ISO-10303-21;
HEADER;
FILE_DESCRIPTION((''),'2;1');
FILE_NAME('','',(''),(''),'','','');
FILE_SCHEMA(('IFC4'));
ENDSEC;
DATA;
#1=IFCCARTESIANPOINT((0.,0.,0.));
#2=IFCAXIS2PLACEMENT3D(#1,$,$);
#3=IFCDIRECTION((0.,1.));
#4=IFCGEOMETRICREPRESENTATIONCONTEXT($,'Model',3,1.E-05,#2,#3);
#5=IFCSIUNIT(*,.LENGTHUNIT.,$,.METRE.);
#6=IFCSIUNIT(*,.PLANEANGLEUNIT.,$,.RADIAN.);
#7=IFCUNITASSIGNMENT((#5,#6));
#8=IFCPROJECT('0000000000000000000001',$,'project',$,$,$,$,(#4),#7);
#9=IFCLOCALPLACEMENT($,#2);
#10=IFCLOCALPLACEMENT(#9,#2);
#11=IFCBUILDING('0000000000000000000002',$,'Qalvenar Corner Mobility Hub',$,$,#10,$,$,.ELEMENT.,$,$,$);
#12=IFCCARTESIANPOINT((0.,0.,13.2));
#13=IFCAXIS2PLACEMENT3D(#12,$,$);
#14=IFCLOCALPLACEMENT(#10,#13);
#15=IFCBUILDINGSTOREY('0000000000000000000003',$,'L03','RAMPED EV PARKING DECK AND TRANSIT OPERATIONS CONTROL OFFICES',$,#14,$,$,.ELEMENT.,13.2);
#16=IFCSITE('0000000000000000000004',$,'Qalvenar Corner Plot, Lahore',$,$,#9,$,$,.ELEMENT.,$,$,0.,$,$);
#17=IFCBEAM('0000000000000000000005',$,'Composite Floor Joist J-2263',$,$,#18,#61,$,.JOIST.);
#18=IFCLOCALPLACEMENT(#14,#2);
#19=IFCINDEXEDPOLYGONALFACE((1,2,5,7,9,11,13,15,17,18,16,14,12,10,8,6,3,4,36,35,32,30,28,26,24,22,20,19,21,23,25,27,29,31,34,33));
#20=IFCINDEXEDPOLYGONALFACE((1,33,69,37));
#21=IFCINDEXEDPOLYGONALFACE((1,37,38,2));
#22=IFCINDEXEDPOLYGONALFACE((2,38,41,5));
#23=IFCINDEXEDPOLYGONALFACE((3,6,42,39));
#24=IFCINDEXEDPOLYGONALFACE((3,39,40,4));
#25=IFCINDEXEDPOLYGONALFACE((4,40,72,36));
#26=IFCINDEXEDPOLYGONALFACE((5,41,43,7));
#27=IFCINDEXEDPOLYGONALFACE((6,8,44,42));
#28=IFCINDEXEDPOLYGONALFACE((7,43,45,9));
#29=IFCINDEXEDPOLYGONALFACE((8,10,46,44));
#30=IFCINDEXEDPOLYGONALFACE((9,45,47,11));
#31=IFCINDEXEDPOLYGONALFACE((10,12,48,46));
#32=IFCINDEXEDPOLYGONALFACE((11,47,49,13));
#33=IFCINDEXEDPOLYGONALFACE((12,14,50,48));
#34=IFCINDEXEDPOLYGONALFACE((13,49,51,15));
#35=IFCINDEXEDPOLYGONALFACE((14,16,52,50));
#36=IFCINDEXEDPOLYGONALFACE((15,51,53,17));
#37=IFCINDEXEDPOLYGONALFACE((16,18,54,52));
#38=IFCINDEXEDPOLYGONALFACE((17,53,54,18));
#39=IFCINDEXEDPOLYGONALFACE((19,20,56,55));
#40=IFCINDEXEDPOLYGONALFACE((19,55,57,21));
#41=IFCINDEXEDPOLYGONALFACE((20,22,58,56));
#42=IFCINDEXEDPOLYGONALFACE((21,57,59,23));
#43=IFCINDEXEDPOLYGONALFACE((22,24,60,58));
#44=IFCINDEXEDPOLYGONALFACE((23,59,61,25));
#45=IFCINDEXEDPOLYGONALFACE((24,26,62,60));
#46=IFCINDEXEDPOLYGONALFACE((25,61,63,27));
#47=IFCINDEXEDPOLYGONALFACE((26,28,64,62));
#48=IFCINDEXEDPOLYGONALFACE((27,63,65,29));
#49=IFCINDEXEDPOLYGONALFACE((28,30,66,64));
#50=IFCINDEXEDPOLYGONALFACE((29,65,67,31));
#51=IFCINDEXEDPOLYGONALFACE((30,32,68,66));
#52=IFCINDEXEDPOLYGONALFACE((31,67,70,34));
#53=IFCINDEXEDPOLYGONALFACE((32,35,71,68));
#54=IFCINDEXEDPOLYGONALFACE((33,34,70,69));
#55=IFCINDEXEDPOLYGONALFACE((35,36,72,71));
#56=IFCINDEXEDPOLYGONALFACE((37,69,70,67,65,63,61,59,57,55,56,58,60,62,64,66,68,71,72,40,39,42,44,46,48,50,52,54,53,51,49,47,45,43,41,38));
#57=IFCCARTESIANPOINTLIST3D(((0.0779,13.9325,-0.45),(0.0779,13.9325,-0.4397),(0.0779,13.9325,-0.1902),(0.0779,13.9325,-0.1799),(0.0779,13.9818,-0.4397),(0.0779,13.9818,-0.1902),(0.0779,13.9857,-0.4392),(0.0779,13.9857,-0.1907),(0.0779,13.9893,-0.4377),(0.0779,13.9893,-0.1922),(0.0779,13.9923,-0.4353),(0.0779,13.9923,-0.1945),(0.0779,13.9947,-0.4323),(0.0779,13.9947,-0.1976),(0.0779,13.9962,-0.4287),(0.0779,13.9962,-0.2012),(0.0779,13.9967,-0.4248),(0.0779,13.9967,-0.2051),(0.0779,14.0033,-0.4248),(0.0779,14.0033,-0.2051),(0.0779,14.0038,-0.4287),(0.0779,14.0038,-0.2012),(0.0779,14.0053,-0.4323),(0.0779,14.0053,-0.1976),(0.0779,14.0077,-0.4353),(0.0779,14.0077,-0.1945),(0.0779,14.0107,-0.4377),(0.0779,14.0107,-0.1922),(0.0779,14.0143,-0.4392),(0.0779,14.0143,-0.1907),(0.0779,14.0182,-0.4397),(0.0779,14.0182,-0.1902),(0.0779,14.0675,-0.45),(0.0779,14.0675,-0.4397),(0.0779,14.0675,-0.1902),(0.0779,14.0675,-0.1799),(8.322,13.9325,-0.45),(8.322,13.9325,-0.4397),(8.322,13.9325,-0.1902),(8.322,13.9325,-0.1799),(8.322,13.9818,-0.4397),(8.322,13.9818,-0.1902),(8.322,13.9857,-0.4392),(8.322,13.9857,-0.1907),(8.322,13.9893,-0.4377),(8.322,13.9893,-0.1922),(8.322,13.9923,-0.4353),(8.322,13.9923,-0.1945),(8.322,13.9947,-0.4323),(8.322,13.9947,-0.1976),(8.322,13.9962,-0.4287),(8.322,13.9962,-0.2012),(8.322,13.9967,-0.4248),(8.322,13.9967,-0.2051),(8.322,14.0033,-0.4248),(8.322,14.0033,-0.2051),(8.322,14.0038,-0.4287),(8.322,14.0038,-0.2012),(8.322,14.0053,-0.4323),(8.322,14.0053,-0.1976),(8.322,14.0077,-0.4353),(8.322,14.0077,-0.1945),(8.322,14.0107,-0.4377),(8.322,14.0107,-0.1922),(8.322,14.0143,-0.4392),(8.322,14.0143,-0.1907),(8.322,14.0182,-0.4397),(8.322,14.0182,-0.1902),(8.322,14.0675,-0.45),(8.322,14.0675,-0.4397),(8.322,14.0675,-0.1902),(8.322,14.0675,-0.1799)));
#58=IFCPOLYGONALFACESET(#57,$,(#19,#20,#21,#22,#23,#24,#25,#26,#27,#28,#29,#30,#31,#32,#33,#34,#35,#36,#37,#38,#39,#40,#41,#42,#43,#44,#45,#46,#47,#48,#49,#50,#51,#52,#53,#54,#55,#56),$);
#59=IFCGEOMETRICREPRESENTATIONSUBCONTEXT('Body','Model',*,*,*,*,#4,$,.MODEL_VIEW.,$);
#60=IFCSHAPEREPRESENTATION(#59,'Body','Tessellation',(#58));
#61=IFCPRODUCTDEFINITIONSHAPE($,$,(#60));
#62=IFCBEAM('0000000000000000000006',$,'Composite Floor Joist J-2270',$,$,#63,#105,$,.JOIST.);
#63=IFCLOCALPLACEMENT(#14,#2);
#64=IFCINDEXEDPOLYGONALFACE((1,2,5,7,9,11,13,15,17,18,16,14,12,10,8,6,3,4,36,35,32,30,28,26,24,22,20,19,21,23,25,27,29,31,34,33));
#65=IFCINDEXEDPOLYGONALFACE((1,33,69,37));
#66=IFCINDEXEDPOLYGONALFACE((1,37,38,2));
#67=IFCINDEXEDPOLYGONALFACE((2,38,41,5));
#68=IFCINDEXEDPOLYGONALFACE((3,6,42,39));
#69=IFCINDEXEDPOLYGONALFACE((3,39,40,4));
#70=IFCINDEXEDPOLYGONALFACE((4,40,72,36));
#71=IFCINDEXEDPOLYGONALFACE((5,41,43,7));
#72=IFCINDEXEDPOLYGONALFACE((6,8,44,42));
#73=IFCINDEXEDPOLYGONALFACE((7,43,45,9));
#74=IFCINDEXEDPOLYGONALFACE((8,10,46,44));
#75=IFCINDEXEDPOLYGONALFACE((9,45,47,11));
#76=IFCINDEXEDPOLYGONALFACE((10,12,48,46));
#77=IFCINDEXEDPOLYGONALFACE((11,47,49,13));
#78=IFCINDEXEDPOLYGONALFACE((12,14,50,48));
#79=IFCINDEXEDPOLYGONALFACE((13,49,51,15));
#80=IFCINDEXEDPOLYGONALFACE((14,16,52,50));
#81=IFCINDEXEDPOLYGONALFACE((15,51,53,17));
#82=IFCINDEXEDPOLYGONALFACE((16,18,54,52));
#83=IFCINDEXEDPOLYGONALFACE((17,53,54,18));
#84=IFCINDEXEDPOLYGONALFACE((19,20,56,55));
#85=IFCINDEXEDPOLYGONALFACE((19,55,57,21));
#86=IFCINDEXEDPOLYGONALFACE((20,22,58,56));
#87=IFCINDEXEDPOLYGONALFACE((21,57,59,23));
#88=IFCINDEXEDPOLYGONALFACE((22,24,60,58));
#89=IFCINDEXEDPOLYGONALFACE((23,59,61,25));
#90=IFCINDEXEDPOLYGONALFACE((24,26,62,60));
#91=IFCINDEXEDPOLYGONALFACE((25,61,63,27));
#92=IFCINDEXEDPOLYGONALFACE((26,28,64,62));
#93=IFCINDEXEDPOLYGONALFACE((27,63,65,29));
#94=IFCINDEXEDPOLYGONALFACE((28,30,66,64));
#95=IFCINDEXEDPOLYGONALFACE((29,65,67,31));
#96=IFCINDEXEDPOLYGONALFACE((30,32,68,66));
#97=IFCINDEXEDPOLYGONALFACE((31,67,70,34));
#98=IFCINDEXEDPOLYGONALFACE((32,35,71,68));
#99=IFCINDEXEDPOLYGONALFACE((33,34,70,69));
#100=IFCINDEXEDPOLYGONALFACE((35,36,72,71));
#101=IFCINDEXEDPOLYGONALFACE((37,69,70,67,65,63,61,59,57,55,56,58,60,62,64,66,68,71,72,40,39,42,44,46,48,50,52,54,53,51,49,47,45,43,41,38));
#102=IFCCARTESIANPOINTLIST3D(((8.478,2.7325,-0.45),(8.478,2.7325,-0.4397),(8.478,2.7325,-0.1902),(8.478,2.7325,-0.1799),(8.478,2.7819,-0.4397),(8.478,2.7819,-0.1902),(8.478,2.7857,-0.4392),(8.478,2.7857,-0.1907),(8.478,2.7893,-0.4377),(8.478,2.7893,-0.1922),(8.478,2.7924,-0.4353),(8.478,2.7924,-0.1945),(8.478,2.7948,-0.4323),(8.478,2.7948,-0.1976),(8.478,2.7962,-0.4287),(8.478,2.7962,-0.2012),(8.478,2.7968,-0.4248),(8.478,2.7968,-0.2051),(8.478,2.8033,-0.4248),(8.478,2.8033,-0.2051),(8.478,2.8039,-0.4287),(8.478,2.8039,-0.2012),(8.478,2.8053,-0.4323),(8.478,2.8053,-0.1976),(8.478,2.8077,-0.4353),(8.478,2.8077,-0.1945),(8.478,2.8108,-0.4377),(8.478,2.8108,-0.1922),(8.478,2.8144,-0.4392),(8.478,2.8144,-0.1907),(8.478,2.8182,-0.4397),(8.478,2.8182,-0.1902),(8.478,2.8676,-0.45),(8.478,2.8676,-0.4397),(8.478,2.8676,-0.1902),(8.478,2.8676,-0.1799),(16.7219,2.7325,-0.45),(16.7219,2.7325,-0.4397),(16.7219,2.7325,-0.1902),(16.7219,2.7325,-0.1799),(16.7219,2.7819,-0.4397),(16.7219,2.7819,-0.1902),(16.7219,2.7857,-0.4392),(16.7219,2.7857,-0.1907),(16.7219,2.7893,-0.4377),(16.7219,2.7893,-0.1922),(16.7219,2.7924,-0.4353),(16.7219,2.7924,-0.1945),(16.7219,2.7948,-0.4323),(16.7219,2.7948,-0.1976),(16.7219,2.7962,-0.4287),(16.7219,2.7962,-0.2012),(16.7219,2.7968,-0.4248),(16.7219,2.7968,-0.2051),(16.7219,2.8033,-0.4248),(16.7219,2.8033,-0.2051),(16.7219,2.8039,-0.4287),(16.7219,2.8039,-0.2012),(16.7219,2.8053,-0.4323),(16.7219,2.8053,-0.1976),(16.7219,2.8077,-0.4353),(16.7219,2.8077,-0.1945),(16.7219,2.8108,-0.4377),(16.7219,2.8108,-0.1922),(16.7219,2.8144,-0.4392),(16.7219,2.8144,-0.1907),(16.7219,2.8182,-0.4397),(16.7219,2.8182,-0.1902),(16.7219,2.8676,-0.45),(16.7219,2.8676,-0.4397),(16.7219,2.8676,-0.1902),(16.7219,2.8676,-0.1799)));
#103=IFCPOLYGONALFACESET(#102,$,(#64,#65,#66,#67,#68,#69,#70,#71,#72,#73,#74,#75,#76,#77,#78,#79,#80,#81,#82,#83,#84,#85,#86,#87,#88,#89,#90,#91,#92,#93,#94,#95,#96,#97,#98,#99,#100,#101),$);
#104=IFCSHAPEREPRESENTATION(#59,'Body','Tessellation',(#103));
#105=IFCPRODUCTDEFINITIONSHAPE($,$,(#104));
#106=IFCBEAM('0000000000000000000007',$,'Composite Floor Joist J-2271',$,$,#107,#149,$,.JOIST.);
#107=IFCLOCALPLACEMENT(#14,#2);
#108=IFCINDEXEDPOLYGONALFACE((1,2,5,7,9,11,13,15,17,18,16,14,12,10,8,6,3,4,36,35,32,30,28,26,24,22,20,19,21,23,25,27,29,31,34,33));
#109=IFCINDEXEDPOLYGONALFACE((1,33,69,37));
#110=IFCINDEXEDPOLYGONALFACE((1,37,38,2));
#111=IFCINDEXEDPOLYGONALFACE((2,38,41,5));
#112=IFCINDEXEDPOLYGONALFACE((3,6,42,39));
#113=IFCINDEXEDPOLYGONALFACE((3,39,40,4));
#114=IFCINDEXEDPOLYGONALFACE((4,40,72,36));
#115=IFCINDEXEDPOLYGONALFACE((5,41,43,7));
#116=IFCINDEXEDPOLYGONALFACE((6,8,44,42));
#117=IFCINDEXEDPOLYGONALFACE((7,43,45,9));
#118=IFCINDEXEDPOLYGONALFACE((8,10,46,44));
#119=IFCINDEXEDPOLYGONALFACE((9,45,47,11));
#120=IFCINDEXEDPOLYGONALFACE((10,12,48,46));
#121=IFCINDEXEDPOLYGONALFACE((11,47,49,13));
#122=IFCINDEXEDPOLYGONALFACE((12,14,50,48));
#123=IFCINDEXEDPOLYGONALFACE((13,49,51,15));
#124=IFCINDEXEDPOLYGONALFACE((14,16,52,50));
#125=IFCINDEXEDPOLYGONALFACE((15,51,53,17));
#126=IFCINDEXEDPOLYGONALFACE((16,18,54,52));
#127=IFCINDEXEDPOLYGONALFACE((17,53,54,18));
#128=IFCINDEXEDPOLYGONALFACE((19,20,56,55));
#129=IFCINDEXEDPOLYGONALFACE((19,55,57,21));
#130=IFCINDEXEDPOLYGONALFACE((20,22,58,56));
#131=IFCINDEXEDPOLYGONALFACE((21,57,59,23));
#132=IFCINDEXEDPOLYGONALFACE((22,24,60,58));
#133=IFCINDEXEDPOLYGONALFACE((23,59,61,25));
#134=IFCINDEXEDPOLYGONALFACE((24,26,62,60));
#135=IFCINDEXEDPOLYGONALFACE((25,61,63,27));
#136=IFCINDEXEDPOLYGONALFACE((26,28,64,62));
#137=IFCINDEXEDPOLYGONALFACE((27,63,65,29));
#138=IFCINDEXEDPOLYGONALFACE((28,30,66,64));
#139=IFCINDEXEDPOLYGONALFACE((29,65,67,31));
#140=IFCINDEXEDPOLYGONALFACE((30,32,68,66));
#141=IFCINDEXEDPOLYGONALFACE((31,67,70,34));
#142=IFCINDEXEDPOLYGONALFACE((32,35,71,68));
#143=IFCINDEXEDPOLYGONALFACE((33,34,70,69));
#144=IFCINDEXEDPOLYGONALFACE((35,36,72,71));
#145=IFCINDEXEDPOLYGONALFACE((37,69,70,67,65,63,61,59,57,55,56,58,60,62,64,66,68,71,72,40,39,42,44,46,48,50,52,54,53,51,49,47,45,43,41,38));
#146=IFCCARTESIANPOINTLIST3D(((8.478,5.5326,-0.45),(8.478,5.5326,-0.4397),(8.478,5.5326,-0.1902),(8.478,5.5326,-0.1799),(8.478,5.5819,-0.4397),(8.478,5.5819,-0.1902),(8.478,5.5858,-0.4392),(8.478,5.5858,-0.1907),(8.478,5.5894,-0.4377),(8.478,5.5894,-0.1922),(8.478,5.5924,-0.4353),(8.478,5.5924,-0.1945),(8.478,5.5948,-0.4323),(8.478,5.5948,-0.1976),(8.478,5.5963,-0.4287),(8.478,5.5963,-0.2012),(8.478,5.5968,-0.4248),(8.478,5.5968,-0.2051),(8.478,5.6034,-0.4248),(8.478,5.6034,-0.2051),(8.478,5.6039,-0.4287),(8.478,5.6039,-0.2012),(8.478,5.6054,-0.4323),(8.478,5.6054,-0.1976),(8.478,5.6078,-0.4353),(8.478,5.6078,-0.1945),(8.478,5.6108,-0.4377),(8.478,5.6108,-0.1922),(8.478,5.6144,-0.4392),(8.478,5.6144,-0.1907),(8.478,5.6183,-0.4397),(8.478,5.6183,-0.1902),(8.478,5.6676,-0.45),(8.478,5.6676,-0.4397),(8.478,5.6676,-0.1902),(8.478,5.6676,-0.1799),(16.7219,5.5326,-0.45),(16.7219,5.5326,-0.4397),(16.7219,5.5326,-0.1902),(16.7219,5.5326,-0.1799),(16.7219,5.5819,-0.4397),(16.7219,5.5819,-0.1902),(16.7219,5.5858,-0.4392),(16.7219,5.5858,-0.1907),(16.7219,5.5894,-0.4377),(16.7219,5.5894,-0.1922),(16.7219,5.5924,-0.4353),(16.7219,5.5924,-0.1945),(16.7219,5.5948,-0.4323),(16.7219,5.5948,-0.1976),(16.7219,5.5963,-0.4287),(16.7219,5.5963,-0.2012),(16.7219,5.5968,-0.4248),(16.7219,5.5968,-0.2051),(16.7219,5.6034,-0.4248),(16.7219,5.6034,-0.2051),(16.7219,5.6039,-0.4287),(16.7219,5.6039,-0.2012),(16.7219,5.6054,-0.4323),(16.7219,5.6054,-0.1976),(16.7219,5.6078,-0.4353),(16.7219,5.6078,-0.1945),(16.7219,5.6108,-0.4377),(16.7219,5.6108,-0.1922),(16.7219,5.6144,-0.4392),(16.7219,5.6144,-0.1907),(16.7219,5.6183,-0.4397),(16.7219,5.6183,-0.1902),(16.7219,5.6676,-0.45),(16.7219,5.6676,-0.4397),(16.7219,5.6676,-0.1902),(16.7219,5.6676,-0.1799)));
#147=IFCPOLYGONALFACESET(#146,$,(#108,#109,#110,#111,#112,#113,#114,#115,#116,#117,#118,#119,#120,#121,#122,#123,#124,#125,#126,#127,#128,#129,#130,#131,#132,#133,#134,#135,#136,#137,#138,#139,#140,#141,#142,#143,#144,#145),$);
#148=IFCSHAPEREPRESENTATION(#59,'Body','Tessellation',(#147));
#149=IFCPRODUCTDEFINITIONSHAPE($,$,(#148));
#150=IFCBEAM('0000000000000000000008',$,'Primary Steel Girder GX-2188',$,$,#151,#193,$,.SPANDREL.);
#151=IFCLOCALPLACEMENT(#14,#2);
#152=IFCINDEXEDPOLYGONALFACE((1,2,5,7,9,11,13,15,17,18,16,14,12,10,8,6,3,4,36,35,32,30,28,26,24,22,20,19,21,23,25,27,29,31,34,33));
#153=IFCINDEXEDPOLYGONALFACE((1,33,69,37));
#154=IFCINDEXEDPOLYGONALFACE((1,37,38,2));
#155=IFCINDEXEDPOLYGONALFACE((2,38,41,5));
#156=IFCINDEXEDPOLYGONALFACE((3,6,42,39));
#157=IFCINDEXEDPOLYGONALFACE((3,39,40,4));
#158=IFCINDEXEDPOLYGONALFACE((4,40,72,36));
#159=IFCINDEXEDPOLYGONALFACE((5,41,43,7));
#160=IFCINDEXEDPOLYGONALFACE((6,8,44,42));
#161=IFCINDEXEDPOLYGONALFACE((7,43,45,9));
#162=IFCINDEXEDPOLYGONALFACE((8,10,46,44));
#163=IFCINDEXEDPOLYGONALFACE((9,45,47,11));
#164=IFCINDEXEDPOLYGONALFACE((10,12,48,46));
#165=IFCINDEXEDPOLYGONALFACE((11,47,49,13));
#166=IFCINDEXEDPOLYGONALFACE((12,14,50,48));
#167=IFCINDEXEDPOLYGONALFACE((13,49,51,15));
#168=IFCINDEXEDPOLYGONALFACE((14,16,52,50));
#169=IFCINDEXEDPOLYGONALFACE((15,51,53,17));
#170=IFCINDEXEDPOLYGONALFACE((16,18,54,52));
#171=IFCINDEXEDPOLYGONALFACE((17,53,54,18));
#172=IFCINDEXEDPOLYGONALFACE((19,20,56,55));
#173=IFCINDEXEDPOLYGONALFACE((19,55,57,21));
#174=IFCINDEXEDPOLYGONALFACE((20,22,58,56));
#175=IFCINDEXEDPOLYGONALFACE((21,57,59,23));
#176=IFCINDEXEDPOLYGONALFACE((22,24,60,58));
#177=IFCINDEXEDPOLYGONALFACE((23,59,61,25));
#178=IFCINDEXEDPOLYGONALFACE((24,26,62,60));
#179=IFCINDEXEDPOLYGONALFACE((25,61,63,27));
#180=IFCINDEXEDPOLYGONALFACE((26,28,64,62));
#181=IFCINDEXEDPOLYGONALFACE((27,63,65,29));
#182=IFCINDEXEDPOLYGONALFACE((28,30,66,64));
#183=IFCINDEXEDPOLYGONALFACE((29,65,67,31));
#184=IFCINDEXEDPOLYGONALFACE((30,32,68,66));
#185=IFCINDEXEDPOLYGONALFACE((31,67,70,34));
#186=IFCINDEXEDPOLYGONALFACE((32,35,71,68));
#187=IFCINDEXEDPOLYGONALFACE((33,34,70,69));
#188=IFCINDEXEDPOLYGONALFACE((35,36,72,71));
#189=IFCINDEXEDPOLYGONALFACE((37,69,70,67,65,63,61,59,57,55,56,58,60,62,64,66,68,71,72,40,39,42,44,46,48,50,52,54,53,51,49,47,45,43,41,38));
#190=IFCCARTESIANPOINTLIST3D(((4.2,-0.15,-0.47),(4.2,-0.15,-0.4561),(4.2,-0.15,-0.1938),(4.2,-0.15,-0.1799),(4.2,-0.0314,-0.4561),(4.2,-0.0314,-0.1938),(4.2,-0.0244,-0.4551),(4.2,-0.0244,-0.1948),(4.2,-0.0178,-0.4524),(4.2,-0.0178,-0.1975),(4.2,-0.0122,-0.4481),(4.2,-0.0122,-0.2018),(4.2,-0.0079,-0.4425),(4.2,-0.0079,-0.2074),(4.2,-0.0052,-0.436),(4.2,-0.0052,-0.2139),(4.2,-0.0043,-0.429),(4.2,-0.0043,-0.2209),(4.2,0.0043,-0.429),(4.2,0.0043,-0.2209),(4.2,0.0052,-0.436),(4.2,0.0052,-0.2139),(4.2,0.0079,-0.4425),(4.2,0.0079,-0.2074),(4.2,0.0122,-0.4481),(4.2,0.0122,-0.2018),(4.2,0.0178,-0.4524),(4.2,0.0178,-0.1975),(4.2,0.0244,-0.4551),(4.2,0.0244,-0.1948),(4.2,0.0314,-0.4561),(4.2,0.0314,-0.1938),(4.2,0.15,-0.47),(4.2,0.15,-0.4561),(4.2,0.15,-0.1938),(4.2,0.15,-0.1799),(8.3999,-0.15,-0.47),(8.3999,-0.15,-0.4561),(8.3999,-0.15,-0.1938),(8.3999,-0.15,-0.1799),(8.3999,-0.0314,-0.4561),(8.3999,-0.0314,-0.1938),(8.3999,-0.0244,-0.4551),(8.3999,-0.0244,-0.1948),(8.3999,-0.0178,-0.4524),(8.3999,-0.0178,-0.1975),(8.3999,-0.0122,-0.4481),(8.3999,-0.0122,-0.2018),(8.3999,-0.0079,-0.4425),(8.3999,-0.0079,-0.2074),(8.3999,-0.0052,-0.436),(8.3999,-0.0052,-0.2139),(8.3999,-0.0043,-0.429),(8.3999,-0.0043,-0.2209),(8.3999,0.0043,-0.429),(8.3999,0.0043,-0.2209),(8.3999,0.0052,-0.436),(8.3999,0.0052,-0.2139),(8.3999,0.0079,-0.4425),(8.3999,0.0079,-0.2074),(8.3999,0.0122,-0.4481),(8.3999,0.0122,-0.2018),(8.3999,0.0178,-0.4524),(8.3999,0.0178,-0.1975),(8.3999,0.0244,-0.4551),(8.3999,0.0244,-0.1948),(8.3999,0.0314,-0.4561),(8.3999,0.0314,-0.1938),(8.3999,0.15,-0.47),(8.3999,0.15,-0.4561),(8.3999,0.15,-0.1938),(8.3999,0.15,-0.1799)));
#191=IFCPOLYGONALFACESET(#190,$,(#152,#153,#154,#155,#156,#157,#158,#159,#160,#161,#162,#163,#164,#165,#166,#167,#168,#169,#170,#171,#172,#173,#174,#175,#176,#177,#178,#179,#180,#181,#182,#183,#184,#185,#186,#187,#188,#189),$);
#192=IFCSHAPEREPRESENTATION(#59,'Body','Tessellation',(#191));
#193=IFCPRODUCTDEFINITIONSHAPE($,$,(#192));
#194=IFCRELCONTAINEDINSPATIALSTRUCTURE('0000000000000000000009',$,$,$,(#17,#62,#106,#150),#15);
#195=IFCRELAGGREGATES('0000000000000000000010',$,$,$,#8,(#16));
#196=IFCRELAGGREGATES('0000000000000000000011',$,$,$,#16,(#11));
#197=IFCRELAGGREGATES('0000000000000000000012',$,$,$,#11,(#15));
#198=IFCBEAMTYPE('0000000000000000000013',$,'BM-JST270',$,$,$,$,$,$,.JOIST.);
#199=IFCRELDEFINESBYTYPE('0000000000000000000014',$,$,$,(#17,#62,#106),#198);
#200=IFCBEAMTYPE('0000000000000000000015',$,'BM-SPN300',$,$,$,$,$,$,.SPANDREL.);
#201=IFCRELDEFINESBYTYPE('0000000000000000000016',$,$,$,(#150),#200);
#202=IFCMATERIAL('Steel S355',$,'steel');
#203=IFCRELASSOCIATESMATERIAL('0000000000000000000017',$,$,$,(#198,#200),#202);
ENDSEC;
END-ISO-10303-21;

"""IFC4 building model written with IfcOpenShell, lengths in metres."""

from ifc_helpers import new_model, si_unit, direction, frame, origin, origin_2d, place, context, subcontext, project, spatial, i_section, extrude, material, material_profile, profile_set, type_object, element, save


model = new_model("IFC4")

# Units and contexts
model_context = context("Model", 3, precision=1e-05, world=origin(), true_north=direction((0.0, 1.0)))
body_context = subcontext(model_context, "Body", "Model", "MODEL_VIEW")
ifc_project = project(units=[si_unit("LENGTHUNIT", "METRE"), si_unit("PLANEANGLEUNIT", "RADIAN")], contexts=[model_context])

# Site, building, storey
site_placement = place(None, origin())
site = spatial("IfcSite", under=ifc_project, at=site_placement, Name="Qalvenar Corner Plot, Lahore", CompositionType="ELEMENT", RefElevation=0.0)
building_placement = place(site_placement, origin())
building = spatial("IfcBuilding", under=site, at=building_placement, Name="Qalvenar Corner Mobility Hub", CompositionType="ELEMENT")
storey_placement = place(building_placement, frame((0.0, 0.0, 13.2)))
storey = spatial("IfcBuildingStorey", under=building, at=storey_placement, Name="L03", Description="RAMPED EV PARKING DECK AND TRANSIT OPERATIONS CONTROL OFFICES", CompositionType="ELEMENT", Elevation=13.2)

# Shared definitions
ifc_material_1 = material(Name="Steel S355", Category="steel")

# Beams
ifc_material_profile_1 = material_profile(ifc_material_1, i_section(OverallWidth=0.135, OverallDepth=0.27, WebThickness=0.0066, FlangeThickness=0.0103, FilletRadius=0.0149, at=origin_2d()), Name="IPE270")
ifc_profile_set_1 = profile_set([ifc_material_profile_1], Name="Steel S355")
beam_type_1 = type_object("IfcBeamType", Name="BM-JST270", PredefinedType="JOIST", material=ifc_profile_set_1)
for number, where, z_axis, x_axis, name in (
    (1, (0.0779, 14.0, -0.3149), (1.0, 0.0, 0.0), (0.0, 1.0, 0.0), "Composite Floor Joist J-2263"),
):
    element("IfcBeam", number, at=place(storey_placement, frame(where, z_axis=z_axis, x_axis=x_axis)), inside=storey, type_object=beam_type_1, Name=name, PredefinedType="JOIST", context=body_context, shape_type="SweptSolid", body=[
        extrude(i_section(OverallWidth=0.135, OverallDepth=0.27, WebThickness=0.0066, FlangeThickness=0.0103, FilletRadius=0.0149, at=origin_2d()), origin(), (0.0, 0.0, 1.0), 8.2441),
    ])
for number, where, z_axis, x_axis, name in (
    (2, (8.478, 2.8, -0.3149), (1.0, 0.0, 0.0), (0.0, 1.0, 0.0), "Composite Floor Joist J-2270"),
    (3, (8.478, 5.6001, -0.3149), (1.0, 0.0, 0.0), (0.0, 1.0, 0.0), "Composite Floor Joist J-2271"),
):
    element("IfcBeam", number, at=place(storey_placement, frame(where, z_axis=z_axis, x_axis=x_axis)), inside=storey, type_object=beam_type_1, Name=name, PredefinedType="JOIST", context=body_context, shape_type="SweptSolid", body=[
        extrude(i_section(OverallWidth=0.135, OverallDepth=0.27, WebThickness=0.0066, FlangeThickness=0.0103, FilletRadius=0.0149, at=origin_2d()), origin(), (0.0, 0.0, 1.0), 8.2439),
    ])
ifc_material_profile_2 = material_profile(ifc_material_1, i_section(OverallWidth=0.3, OverallDepth=0.29, WebThickness=0.0085, FlangeThickness=0.0139, FilletRadius=0.0271, at=origin_2d()), Name="HEA300")
ifc_profile_set_2 = profile_set([ifc_material_profile_2], Name="Steel S355")
beam_type_2 = type_object("IfcBeamType", Name="BM-SPN300", PredefinedType="SPANDREL", material=ifc_profile_set_2)
beam_1_placement = place(storey_placement, frame((4.2, 0.0, -0.325), z_axis=(1.0, 0.0, 0.0), x_axis=(0.0, 1.0, 0.0)))
element("IfcBeam", 4, at=beam_1_placement, inside=storey, type_object=beam_type_2, Name="Primary Steel Girder GX-2188", PredefinedType="SPANDREL", context=body_context, shape_type="SweptSolid", body=[
    extrude(i_section(OverallWidth=0.3, OverallDepth=0.29, WebThickness=0.0085, FlangeThickness=0.0139, FilletRadius=0.0271, at=origin_2d()), origin(), (0.0, 0.0, 1.0), 4.2),
])

save(model, "model.ifc")
